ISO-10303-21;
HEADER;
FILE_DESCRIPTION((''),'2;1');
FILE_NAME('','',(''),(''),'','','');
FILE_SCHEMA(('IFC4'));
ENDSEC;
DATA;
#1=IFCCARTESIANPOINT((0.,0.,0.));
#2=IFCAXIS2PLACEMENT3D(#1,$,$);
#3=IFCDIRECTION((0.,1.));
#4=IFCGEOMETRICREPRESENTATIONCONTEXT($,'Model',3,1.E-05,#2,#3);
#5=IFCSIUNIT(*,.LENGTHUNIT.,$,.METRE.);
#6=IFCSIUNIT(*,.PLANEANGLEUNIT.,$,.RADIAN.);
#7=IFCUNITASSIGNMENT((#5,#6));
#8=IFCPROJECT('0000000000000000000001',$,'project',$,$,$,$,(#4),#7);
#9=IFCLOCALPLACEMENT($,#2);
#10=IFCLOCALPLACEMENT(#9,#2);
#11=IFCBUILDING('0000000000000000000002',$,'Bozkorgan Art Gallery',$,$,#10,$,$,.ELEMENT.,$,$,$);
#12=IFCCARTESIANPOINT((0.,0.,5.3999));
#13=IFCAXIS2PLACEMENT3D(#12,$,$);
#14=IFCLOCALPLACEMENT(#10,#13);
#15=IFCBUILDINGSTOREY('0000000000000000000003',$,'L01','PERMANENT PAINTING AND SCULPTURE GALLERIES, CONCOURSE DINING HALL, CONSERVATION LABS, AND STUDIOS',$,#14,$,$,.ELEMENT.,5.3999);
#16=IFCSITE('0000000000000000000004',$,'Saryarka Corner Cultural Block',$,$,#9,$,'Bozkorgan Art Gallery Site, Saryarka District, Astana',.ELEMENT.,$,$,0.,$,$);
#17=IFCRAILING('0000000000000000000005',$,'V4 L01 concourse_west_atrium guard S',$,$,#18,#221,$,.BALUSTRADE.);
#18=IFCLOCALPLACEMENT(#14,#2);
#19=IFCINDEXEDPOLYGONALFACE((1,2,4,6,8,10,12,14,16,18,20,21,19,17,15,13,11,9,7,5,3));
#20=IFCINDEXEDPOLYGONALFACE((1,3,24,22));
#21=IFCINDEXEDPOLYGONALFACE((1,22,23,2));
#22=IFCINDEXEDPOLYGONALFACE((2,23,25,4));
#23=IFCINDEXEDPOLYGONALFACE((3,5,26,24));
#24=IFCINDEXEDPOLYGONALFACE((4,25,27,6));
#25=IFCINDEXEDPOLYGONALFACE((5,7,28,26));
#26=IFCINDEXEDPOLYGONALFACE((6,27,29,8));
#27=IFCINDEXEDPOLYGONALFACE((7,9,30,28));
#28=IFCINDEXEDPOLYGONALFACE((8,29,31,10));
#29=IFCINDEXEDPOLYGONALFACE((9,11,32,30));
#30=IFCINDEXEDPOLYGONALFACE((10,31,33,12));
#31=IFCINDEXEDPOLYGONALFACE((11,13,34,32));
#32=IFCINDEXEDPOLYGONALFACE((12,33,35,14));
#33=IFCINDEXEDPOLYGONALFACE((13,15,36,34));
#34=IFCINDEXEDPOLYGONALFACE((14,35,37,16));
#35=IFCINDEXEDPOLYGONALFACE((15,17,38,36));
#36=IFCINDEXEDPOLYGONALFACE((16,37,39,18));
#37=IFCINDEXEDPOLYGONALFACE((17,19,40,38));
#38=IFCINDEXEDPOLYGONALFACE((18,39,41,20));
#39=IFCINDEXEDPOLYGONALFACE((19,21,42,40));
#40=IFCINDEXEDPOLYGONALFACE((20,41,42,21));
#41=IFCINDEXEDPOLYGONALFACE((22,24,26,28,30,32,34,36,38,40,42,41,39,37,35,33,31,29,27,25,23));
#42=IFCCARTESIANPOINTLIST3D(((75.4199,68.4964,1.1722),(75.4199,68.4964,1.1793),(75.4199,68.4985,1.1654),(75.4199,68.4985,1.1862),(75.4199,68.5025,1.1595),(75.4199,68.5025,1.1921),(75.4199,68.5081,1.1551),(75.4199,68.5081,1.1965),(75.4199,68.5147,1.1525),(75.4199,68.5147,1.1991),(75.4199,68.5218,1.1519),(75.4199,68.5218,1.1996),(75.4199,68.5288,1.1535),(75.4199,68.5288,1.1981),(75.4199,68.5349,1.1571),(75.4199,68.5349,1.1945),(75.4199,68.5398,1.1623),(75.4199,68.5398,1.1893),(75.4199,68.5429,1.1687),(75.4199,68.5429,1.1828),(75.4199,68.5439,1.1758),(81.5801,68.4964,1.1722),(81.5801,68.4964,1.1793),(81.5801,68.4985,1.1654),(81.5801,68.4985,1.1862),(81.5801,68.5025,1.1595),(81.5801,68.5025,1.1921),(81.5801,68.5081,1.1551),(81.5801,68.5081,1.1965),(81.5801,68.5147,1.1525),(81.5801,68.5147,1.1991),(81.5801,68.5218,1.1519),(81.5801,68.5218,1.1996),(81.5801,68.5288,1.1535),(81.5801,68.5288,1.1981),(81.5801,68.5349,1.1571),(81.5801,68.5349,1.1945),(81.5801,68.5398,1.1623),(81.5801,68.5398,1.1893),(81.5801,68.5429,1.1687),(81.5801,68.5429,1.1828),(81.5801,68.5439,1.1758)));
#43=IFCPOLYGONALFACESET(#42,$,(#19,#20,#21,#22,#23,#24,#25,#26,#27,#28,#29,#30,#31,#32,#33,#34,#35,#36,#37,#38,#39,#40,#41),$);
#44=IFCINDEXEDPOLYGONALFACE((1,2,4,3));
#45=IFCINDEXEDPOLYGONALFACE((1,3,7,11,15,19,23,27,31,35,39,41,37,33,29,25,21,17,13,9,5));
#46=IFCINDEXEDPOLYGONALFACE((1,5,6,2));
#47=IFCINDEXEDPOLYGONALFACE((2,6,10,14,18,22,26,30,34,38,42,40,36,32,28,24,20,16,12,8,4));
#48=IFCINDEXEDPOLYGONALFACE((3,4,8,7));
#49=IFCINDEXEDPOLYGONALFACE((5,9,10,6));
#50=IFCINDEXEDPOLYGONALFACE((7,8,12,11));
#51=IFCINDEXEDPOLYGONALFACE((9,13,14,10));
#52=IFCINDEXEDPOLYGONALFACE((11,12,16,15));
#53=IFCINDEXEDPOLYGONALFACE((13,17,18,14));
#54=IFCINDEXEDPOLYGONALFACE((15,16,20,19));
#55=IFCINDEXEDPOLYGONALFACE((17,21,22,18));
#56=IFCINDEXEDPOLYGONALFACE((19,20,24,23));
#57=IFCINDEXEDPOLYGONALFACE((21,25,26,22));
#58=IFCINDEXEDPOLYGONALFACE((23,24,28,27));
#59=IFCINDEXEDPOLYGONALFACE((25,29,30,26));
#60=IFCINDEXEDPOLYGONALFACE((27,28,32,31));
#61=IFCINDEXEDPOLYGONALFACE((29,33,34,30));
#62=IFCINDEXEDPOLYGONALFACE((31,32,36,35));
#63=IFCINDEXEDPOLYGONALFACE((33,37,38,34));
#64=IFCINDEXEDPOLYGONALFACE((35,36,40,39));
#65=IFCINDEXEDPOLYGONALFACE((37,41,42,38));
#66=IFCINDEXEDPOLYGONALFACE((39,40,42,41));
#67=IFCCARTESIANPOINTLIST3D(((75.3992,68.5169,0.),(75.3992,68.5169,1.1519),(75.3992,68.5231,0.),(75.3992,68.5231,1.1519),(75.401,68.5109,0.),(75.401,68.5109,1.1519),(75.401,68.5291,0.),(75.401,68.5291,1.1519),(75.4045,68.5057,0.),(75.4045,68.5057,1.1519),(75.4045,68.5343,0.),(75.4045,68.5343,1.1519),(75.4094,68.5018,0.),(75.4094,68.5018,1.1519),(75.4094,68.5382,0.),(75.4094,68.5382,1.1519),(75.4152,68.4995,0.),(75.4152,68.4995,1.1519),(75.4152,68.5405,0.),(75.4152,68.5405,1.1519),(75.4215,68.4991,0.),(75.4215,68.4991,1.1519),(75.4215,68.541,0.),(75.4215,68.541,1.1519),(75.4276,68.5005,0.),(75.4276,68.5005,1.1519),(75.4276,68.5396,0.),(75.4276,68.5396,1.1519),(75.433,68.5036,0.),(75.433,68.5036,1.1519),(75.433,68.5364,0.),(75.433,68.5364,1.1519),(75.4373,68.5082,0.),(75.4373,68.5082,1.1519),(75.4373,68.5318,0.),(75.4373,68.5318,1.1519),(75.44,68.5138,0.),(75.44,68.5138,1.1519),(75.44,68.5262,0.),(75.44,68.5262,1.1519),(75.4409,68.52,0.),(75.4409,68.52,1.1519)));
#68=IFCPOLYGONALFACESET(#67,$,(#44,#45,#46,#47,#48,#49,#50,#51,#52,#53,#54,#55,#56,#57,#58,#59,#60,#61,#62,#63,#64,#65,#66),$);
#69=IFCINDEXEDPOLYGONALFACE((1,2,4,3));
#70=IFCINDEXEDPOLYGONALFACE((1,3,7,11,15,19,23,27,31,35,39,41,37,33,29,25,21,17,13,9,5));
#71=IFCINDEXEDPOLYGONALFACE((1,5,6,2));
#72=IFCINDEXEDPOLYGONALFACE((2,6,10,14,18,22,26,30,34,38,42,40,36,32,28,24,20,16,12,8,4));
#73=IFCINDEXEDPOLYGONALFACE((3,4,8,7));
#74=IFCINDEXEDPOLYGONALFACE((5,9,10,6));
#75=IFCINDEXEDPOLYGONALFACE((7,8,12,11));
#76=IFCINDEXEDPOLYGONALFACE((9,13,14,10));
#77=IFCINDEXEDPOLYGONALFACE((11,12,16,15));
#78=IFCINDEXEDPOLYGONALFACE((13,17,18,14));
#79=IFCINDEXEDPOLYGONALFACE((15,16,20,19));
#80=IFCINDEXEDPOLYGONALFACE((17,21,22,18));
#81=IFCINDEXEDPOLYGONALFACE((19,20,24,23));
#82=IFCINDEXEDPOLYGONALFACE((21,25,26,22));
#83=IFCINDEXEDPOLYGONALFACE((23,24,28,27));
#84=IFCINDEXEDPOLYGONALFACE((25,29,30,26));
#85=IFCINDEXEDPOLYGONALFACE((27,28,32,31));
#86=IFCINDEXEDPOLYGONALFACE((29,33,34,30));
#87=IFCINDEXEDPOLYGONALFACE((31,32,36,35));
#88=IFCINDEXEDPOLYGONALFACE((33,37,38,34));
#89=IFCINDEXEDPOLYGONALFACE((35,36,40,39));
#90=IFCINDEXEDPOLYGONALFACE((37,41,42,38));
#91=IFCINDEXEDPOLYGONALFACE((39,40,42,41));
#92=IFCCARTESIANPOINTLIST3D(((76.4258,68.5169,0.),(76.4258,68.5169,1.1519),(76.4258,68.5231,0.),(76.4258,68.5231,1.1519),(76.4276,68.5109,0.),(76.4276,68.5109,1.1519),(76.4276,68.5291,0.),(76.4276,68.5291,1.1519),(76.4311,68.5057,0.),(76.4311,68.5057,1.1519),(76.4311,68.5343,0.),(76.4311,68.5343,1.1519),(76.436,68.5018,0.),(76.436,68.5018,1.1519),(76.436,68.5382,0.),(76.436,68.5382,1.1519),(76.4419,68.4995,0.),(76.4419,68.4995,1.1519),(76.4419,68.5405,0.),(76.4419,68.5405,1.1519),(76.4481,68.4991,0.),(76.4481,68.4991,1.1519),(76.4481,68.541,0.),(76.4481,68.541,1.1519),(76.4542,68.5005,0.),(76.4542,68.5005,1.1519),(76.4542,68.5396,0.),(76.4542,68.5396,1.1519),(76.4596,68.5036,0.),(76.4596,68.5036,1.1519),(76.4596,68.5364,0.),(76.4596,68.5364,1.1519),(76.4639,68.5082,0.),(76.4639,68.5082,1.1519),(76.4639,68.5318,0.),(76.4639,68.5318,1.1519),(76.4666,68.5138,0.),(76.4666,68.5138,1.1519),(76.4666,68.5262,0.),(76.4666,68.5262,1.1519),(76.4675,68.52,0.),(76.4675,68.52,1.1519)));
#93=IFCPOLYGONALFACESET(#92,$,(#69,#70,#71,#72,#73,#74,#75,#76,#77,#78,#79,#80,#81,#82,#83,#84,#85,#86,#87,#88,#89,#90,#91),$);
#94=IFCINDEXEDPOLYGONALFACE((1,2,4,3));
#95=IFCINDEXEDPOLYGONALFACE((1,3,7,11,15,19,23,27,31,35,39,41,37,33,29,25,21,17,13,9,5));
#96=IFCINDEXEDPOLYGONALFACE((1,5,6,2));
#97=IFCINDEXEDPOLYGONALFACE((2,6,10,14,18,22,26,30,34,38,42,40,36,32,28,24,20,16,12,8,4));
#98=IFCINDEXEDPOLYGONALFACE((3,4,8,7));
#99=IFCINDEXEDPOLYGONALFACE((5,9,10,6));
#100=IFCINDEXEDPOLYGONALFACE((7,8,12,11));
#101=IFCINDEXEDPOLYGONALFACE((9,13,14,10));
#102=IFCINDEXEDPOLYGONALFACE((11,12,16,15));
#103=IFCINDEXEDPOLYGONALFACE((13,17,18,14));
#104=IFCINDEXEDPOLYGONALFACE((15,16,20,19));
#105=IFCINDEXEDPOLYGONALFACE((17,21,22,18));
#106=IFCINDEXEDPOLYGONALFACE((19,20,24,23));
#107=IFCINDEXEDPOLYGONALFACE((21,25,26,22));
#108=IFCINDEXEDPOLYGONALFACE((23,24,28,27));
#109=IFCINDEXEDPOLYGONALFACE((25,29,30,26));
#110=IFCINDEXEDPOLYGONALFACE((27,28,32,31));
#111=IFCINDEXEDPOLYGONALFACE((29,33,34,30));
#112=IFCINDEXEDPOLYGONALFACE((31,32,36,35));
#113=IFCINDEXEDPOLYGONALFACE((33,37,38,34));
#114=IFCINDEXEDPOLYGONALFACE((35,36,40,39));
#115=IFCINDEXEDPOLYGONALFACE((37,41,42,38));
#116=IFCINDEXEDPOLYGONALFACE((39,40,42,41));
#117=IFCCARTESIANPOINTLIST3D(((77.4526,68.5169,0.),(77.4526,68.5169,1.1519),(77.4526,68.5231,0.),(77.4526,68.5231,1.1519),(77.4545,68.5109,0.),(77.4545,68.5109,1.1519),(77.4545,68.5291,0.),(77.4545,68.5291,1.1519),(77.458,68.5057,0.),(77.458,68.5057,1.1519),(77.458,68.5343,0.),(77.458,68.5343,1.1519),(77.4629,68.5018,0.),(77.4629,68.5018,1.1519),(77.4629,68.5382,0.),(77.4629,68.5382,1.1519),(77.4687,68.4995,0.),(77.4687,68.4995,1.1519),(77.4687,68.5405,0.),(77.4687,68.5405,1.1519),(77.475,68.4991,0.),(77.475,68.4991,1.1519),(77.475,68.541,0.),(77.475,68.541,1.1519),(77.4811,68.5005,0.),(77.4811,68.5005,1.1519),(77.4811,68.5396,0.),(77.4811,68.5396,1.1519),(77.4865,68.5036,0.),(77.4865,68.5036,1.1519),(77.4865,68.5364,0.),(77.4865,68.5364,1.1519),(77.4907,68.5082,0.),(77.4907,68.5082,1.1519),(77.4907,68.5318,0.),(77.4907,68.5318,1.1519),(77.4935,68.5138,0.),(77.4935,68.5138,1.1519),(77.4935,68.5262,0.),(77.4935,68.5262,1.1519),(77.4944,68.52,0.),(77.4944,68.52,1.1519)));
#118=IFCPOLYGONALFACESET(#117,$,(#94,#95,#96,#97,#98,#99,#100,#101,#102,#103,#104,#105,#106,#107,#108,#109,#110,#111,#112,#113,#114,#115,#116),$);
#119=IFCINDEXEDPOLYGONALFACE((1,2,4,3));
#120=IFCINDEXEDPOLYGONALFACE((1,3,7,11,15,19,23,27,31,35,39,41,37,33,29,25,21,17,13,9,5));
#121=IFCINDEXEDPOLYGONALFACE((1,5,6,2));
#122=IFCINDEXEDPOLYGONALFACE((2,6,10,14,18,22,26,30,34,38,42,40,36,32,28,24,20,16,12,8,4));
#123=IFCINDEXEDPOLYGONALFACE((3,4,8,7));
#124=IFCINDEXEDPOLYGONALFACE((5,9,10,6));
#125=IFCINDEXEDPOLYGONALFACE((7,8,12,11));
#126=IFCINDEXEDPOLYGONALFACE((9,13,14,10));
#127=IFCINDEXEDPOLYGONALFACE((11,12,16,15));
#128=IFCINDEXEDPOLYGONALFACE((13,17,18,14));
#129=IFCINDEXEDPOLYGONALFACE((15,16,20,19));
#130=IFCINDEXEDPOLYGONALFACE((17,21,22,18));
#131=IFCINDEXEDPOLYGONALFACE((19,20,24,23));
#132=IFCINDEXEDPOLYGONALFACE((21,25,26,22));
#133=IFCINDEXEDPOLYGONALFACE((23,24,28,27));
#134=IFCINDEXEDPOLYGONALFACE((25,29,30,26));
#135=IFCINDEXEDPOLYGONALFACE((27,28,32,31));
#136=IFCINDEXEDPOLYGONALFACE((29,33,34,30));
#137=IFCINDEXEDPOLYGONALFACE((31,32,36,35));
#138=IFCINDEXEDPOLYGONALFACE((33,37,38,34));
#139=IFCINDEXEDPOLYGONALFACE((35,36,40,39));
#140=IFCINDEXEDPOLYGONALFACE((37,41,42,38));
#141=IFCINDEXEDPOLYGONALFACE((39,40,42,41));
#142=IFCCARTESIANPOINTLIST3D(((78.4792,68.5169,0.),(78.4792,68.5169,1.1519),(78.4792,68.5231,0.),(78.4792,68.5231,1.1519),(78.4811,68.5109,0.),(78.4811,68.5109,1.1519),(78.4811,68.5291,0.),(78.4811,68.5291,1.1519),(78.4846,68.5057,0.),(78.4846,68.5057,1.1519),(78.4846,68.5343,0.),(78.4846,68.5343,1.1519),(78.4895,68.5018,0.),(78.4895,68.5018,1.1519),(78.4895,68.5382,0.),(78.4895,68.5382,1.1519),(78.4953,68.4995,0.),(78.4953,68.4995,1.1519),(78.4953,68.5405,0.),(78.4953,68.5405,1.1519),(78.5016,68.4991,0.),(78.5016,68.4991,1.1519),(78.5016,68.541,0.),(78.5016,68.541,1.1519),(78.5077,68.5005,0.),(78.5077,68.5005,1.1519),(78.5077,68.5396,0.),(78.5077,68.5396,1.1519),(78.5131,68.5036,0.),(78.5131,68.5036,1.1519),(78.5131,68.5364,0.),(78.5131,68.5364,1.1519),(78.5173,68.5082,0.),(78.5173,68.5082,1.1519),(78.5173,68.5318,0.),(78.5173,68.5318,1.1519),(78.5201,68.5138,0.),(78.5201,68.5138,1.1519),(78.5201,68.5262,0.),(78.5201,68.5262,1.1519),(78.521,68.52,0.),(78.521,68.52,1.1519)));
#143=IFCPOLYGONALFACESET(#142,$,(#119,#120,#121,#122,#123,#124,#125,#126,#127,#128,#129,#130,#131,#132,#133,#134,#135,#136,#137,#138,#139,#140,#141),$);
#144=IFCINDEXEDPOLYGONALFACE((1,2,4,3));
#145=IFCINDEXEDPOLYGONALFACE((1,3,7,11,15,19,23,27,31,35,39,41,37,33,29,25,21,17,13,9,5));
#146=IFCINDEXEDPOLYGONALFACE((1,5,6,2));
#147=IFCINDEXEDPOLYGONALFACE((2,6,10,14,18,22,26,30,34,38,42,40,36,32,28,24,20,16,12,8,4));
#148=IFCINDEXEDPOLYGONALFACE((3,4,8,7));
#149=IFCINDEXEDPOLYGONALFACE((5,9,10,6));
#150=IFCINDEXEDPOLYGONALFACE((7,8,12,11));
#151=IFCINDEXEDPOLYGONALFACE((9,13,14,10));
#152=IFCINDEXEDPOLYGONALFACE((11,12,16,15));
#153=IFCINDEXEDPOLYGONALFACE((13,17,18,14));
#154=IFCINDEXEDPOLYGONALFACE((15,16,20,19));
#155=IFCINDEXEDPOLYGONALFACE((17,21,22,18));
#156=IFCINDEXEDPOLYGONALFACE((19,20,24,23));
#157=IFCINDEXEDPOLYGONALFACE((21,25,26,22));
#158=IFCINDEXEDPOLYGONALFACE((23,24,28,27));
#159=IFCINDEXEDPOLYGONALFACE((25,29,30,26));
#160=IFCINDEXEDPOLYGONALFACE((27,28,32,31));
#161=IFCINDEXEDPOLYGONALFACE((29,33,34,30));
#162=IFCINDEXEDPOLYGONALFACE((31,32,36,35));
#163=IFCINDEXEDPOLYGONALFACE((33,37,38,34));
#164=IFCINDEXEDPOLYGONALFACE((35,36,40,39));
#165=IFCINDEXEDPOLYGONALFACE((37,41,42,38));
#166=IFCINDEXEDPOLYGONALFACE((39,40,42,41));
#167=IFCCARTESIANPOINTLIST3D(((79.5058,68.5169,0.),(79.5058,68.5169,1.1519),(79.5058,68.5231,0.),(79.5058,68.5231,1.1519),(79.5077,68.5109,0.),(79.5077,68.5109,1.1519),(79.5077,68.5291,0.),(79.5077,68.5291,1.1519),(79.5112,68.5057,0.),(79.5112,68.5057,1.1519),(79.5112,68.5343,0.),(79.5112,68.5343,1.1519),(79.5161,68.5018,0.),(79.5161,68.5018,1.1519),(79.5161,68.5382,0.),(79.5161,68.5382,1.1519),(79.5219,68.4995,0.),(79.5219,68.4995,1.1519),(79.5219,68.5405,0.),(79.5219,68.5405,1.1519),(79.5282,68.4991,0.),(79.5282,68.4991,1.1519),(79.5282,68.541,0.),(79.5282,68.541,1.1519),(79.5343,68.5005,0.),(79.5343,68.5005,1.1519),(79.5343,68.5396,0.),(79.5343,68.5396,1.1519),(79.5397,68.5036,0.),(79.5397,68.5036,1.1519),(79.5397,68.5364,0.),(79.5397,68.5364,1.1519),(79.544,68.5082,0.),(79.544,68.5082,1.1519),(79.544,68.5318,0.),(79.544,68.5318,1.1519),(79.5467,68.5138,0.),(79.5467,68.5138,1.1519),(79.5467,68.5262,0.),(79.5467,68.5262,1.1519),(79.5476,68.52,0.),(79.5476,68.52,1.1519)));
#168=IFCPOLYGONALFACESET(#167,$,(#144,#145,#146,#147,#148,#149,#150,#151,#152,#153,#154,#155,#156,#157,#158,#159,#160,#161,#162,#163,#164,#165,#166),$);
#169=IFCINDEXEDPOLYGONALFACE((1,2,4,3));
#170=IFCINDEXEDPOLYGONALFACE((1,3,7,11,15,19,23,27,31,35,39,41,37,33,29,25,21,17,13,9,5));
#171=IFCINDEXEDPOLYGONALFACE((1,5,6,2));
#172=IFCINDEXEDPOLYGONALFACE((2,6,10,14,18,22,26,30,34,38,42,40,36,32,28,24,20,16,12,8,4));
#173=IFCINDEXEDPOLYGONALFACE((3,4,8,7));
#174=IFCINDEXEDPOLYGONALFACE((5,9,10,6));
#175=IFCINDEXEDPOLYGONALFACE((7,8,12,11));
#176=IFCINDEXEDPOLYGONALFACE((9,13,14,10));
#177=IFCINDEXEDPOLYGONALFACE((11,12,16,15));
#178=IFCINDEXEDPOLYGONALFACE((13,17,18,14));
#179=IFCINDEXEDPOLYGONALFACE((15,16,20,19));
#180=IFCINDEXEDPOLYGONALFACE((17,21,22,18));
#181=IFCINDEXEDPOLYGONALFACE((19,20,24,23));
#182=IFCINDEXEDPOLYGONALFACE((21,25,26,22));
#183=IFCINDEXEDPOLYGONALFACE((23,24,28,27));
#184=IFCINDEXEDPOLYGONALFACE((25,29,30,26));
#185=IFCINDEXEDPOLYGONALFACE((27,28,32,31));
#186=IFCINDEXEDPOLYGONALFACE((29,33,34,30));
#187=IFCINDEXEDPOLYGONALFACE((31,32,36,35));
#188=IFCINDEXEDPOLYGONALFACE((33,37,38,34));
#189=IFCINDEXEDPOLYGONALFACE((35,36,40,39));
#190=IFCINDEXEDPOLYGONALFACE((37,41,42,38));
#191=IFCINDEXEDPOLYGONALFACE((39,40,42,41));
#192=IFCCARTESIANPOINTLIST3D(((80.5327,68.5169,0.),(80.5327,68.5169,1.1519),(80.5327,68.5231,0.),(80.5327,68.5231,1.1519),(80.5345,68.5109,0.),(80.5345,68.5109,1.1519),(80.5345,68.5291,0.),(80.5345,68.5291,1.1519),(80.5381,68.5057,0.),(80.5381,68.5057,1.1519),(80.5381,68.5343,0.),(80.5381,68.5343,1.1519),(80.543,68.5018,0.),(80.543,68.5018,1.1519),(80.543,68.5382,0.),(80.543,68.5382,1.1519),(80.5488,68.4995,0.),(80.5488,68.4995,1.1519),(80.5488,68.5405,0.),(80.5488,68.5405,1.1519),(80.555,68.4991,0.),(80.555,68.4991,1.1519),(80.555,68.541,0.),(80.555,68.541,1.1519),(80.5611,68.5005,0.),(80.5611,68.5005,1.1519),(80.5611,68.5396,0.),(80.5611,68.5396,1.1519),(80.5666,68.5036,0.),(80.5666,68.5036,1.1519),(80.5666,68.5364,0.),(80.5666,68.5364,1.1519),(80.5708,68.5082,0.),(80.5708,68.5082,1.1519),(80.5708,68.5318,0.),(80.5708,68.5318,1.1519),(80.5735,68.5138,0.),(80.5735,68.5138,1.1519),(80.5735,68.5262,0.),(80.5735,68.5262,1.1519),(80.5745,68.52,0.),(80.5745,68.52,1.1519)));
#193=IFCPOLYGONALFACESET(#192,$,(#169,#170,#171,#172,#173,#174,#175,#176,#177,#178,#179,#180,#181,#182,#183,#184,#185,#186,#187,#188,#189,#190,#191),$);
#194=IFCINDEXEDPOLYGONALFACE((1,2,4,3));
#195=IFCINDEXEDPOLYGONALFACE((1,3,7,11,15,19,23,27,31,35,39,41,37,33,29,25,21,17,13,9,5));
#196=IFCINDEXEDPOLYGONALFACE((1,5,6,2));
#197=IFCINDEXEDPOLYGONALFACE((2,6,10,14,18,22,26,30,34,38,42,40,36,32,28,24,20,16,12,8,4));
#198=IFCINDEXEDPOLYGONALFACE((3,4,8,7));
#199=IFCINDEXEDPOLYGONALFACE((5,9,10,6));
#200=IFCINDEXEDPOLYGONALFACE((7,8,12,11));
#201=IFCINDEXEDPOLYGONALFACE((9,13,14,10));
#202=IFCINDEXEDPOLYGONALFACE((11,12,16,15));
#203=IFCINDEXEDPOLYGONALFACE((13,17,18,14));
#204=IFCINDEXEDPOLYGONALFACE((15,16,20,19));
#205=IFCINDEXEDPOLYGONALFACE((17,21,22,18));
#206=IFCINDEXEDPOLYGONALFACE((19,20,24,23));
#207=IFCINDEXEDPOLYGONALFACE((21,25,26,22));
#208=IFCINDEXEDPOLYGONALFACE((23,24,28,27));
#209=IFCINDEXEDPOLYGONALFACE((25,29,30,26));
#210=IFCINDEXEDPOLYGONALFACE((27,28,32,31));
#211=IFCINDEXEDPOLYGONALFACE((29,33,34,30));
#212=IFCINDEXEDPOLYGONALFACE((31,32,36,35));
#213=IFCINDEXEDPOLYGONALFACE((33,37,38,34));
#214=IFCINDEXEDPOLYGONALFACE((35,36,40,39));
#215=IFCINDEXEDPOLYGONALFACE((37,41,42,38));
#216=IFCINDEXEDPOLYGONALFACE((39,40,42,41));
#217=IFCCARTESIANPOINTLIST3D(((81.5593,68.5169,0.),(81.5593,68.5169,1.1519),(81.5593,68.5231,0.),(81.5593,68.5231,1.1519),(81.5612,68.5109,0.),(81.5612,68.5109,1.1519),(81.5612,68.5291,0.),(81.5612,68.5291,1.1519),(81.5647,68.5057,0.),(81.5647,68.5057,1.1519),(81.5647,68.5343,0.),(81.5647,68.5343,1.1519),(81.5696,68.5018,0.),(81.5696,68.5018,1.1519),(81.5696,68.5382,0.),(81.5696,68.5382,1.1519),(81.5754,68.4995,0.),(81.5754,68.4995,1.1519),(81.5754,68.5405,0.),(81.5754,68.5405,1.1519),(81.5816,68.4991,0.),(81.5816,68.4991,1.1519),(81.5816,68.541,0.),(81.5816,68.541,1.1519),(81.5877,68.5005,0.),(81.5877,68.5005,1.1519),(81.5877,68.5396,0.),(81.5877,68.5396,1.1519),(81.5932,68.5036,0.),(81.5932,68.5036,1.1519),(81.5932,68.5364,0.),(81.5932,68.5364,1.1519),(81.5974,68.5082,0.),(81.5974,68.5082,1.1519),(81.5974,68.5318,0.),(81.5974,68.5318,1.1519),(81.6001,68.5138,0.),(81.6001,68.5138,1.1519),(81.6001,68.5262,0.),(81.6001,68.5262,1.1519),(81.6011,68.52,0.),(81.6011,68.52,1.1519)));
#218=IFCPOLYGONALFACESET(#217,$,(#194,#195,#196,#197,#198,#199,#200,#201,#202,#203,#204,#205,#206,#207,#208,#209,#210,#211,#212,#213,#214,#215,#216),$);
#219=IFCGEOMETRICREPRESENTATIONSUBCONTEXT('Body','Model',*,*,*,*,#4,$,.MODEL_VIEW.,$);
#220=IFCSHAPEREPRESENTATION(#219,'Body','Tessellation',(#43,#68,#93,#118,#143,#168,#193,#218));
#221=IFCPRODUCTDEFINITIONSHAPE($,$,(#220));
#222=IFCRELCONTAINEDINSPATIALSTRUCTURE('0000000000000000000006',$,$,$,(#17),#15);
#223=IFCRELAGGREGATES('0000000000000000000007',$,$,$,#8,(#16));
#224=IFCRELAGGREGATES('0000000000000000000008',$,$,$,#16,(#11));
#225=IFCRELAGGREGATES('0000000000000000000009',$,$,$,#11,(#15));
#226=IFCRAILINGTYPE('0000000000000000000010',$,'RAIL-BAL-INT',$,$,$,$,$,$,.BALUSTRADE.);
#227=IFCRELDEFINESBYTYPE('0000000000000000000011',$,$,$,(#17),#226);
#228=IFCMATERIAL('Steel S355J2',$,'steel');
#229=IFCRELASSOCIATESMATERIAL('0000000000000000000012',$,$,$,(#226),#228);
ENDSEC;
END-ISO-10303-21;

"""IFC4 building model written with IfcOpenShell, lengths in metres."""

from ifc_helpers import new_model, si_unit, direction, frame, origin, origin_2d, place, context, subcontext, project, spatial, circle, extrude, material, type_object, element, save


model = new_model("IFC4")

# Units and contexts
model_context = context("Model", 3, precision=1e-05, world=origin(), true_north=direction((0.0, 1.0)))
body_context = subcontext(model_context, "Body", "Model", "MODEL_VIEW")
ifc_project = project(units=[si_unit("LENGTHUNIT", "METRE"), si_unit("PLANEANGLEUNIT", "RADIAN")], contexts=[model_context])

# Site, building, storey
site_placement = place(None, origin())
site = spatial("IfcSite", under=ifc_project, at=site_placement, Name="Saryarka Corner Cultural Block", LongName="Bozkorgan Art Gallery Site, Saryarka District, Astana", CompositionType="ELEMENT", RefElevation=0.0)
building_placement = place(site_placement, origin())
building = spatial("IfcBuilding", under=site, at=building_placement, Name="Bozkorgan Art Gallery", CompositionType="ELEMENT")
storey_placement = place(building_placement, frame((0.0, 0.0, 5.3999)))
storey = spatial("IfcBuildingStorey", under=building, at=storey_placement, Name="L01", Description="PERMANENT PAINTING AND SCULPTURE GALLERIES, CONCOURSE DINING HALL, CONSERVATION LABS, AND STUDIOS", CompositionType="ELEMENT", Elevation=5.3999)

# Shared definitions
ifc_material_1 = material(Name="Steel S355J2", Category="steel")

# Railing
railing_type_1 = type_object("IfcRailingType", Name="RAIL-BAL-INT", PredefinedType="BALUSTRADE", material=ifc_material_1)
railing_1_placement = place(storey_placement, frame((75.4199, 68.52, 0.0)))
element("IfcRailing", 1, at=railing_1_placement, inside=storey, type_object=railing_type_1, Name="V4 L01 concourse_west_atrium guard S", PredefinedType="BALUSTRADE", context=body_context, shape_type="SweptSolid", body=[
    extrude(circle(Radius=0.0239, at=origin_2d()), frame((0.0, 0.0, 1.1758), z_axis=(1.0, 0.0, 0.0), x_axis=(0.0, 1.0, 0.0)), (0.0, 0.0, 1.0), 6.1602),
    extrude(circle(Radius=0.021, at=origin_2d()), origin(), (0.0, 0.0, 1.0), 1.1519),
    extrude(circle(Radius=0.021, at=origin_2d()), frame((1.0266, 0.0, 0.0)), (0.0, 0.0, 1.0), 1.1519),
    extrude(circle(Radius=0.021, at=origin_2d()), frame((2.0535, 0.0, 0.0)), (0.0, 0.0, 1.0), 1.1519),
    extrude(circle(Radius=0.021, at=origin_2d()), frame((3.0801, 0.0, 0.0)), (0.0, 0.0, 1.0), 1.1519),
    extrude(circle(Radius=0.021, at=origin_2d()), frame((4.1067, 0.0, 0.0)), (0.0, 0.0, 1.0), 1.1519),
    extrude(circle(Radius=0.021, at=origin_2d()), frame((5.1335, 0.0, 0.0)), (0.0, 0.0, 1.0), 1.1519),
    extrude(circle(Radius=0.021, at=origin_2d()), frame((6.1602, 0.0, 0.0)), (0.0, 0.0, 1.0), 1.1519),
])

save(model, "model.ifc")
